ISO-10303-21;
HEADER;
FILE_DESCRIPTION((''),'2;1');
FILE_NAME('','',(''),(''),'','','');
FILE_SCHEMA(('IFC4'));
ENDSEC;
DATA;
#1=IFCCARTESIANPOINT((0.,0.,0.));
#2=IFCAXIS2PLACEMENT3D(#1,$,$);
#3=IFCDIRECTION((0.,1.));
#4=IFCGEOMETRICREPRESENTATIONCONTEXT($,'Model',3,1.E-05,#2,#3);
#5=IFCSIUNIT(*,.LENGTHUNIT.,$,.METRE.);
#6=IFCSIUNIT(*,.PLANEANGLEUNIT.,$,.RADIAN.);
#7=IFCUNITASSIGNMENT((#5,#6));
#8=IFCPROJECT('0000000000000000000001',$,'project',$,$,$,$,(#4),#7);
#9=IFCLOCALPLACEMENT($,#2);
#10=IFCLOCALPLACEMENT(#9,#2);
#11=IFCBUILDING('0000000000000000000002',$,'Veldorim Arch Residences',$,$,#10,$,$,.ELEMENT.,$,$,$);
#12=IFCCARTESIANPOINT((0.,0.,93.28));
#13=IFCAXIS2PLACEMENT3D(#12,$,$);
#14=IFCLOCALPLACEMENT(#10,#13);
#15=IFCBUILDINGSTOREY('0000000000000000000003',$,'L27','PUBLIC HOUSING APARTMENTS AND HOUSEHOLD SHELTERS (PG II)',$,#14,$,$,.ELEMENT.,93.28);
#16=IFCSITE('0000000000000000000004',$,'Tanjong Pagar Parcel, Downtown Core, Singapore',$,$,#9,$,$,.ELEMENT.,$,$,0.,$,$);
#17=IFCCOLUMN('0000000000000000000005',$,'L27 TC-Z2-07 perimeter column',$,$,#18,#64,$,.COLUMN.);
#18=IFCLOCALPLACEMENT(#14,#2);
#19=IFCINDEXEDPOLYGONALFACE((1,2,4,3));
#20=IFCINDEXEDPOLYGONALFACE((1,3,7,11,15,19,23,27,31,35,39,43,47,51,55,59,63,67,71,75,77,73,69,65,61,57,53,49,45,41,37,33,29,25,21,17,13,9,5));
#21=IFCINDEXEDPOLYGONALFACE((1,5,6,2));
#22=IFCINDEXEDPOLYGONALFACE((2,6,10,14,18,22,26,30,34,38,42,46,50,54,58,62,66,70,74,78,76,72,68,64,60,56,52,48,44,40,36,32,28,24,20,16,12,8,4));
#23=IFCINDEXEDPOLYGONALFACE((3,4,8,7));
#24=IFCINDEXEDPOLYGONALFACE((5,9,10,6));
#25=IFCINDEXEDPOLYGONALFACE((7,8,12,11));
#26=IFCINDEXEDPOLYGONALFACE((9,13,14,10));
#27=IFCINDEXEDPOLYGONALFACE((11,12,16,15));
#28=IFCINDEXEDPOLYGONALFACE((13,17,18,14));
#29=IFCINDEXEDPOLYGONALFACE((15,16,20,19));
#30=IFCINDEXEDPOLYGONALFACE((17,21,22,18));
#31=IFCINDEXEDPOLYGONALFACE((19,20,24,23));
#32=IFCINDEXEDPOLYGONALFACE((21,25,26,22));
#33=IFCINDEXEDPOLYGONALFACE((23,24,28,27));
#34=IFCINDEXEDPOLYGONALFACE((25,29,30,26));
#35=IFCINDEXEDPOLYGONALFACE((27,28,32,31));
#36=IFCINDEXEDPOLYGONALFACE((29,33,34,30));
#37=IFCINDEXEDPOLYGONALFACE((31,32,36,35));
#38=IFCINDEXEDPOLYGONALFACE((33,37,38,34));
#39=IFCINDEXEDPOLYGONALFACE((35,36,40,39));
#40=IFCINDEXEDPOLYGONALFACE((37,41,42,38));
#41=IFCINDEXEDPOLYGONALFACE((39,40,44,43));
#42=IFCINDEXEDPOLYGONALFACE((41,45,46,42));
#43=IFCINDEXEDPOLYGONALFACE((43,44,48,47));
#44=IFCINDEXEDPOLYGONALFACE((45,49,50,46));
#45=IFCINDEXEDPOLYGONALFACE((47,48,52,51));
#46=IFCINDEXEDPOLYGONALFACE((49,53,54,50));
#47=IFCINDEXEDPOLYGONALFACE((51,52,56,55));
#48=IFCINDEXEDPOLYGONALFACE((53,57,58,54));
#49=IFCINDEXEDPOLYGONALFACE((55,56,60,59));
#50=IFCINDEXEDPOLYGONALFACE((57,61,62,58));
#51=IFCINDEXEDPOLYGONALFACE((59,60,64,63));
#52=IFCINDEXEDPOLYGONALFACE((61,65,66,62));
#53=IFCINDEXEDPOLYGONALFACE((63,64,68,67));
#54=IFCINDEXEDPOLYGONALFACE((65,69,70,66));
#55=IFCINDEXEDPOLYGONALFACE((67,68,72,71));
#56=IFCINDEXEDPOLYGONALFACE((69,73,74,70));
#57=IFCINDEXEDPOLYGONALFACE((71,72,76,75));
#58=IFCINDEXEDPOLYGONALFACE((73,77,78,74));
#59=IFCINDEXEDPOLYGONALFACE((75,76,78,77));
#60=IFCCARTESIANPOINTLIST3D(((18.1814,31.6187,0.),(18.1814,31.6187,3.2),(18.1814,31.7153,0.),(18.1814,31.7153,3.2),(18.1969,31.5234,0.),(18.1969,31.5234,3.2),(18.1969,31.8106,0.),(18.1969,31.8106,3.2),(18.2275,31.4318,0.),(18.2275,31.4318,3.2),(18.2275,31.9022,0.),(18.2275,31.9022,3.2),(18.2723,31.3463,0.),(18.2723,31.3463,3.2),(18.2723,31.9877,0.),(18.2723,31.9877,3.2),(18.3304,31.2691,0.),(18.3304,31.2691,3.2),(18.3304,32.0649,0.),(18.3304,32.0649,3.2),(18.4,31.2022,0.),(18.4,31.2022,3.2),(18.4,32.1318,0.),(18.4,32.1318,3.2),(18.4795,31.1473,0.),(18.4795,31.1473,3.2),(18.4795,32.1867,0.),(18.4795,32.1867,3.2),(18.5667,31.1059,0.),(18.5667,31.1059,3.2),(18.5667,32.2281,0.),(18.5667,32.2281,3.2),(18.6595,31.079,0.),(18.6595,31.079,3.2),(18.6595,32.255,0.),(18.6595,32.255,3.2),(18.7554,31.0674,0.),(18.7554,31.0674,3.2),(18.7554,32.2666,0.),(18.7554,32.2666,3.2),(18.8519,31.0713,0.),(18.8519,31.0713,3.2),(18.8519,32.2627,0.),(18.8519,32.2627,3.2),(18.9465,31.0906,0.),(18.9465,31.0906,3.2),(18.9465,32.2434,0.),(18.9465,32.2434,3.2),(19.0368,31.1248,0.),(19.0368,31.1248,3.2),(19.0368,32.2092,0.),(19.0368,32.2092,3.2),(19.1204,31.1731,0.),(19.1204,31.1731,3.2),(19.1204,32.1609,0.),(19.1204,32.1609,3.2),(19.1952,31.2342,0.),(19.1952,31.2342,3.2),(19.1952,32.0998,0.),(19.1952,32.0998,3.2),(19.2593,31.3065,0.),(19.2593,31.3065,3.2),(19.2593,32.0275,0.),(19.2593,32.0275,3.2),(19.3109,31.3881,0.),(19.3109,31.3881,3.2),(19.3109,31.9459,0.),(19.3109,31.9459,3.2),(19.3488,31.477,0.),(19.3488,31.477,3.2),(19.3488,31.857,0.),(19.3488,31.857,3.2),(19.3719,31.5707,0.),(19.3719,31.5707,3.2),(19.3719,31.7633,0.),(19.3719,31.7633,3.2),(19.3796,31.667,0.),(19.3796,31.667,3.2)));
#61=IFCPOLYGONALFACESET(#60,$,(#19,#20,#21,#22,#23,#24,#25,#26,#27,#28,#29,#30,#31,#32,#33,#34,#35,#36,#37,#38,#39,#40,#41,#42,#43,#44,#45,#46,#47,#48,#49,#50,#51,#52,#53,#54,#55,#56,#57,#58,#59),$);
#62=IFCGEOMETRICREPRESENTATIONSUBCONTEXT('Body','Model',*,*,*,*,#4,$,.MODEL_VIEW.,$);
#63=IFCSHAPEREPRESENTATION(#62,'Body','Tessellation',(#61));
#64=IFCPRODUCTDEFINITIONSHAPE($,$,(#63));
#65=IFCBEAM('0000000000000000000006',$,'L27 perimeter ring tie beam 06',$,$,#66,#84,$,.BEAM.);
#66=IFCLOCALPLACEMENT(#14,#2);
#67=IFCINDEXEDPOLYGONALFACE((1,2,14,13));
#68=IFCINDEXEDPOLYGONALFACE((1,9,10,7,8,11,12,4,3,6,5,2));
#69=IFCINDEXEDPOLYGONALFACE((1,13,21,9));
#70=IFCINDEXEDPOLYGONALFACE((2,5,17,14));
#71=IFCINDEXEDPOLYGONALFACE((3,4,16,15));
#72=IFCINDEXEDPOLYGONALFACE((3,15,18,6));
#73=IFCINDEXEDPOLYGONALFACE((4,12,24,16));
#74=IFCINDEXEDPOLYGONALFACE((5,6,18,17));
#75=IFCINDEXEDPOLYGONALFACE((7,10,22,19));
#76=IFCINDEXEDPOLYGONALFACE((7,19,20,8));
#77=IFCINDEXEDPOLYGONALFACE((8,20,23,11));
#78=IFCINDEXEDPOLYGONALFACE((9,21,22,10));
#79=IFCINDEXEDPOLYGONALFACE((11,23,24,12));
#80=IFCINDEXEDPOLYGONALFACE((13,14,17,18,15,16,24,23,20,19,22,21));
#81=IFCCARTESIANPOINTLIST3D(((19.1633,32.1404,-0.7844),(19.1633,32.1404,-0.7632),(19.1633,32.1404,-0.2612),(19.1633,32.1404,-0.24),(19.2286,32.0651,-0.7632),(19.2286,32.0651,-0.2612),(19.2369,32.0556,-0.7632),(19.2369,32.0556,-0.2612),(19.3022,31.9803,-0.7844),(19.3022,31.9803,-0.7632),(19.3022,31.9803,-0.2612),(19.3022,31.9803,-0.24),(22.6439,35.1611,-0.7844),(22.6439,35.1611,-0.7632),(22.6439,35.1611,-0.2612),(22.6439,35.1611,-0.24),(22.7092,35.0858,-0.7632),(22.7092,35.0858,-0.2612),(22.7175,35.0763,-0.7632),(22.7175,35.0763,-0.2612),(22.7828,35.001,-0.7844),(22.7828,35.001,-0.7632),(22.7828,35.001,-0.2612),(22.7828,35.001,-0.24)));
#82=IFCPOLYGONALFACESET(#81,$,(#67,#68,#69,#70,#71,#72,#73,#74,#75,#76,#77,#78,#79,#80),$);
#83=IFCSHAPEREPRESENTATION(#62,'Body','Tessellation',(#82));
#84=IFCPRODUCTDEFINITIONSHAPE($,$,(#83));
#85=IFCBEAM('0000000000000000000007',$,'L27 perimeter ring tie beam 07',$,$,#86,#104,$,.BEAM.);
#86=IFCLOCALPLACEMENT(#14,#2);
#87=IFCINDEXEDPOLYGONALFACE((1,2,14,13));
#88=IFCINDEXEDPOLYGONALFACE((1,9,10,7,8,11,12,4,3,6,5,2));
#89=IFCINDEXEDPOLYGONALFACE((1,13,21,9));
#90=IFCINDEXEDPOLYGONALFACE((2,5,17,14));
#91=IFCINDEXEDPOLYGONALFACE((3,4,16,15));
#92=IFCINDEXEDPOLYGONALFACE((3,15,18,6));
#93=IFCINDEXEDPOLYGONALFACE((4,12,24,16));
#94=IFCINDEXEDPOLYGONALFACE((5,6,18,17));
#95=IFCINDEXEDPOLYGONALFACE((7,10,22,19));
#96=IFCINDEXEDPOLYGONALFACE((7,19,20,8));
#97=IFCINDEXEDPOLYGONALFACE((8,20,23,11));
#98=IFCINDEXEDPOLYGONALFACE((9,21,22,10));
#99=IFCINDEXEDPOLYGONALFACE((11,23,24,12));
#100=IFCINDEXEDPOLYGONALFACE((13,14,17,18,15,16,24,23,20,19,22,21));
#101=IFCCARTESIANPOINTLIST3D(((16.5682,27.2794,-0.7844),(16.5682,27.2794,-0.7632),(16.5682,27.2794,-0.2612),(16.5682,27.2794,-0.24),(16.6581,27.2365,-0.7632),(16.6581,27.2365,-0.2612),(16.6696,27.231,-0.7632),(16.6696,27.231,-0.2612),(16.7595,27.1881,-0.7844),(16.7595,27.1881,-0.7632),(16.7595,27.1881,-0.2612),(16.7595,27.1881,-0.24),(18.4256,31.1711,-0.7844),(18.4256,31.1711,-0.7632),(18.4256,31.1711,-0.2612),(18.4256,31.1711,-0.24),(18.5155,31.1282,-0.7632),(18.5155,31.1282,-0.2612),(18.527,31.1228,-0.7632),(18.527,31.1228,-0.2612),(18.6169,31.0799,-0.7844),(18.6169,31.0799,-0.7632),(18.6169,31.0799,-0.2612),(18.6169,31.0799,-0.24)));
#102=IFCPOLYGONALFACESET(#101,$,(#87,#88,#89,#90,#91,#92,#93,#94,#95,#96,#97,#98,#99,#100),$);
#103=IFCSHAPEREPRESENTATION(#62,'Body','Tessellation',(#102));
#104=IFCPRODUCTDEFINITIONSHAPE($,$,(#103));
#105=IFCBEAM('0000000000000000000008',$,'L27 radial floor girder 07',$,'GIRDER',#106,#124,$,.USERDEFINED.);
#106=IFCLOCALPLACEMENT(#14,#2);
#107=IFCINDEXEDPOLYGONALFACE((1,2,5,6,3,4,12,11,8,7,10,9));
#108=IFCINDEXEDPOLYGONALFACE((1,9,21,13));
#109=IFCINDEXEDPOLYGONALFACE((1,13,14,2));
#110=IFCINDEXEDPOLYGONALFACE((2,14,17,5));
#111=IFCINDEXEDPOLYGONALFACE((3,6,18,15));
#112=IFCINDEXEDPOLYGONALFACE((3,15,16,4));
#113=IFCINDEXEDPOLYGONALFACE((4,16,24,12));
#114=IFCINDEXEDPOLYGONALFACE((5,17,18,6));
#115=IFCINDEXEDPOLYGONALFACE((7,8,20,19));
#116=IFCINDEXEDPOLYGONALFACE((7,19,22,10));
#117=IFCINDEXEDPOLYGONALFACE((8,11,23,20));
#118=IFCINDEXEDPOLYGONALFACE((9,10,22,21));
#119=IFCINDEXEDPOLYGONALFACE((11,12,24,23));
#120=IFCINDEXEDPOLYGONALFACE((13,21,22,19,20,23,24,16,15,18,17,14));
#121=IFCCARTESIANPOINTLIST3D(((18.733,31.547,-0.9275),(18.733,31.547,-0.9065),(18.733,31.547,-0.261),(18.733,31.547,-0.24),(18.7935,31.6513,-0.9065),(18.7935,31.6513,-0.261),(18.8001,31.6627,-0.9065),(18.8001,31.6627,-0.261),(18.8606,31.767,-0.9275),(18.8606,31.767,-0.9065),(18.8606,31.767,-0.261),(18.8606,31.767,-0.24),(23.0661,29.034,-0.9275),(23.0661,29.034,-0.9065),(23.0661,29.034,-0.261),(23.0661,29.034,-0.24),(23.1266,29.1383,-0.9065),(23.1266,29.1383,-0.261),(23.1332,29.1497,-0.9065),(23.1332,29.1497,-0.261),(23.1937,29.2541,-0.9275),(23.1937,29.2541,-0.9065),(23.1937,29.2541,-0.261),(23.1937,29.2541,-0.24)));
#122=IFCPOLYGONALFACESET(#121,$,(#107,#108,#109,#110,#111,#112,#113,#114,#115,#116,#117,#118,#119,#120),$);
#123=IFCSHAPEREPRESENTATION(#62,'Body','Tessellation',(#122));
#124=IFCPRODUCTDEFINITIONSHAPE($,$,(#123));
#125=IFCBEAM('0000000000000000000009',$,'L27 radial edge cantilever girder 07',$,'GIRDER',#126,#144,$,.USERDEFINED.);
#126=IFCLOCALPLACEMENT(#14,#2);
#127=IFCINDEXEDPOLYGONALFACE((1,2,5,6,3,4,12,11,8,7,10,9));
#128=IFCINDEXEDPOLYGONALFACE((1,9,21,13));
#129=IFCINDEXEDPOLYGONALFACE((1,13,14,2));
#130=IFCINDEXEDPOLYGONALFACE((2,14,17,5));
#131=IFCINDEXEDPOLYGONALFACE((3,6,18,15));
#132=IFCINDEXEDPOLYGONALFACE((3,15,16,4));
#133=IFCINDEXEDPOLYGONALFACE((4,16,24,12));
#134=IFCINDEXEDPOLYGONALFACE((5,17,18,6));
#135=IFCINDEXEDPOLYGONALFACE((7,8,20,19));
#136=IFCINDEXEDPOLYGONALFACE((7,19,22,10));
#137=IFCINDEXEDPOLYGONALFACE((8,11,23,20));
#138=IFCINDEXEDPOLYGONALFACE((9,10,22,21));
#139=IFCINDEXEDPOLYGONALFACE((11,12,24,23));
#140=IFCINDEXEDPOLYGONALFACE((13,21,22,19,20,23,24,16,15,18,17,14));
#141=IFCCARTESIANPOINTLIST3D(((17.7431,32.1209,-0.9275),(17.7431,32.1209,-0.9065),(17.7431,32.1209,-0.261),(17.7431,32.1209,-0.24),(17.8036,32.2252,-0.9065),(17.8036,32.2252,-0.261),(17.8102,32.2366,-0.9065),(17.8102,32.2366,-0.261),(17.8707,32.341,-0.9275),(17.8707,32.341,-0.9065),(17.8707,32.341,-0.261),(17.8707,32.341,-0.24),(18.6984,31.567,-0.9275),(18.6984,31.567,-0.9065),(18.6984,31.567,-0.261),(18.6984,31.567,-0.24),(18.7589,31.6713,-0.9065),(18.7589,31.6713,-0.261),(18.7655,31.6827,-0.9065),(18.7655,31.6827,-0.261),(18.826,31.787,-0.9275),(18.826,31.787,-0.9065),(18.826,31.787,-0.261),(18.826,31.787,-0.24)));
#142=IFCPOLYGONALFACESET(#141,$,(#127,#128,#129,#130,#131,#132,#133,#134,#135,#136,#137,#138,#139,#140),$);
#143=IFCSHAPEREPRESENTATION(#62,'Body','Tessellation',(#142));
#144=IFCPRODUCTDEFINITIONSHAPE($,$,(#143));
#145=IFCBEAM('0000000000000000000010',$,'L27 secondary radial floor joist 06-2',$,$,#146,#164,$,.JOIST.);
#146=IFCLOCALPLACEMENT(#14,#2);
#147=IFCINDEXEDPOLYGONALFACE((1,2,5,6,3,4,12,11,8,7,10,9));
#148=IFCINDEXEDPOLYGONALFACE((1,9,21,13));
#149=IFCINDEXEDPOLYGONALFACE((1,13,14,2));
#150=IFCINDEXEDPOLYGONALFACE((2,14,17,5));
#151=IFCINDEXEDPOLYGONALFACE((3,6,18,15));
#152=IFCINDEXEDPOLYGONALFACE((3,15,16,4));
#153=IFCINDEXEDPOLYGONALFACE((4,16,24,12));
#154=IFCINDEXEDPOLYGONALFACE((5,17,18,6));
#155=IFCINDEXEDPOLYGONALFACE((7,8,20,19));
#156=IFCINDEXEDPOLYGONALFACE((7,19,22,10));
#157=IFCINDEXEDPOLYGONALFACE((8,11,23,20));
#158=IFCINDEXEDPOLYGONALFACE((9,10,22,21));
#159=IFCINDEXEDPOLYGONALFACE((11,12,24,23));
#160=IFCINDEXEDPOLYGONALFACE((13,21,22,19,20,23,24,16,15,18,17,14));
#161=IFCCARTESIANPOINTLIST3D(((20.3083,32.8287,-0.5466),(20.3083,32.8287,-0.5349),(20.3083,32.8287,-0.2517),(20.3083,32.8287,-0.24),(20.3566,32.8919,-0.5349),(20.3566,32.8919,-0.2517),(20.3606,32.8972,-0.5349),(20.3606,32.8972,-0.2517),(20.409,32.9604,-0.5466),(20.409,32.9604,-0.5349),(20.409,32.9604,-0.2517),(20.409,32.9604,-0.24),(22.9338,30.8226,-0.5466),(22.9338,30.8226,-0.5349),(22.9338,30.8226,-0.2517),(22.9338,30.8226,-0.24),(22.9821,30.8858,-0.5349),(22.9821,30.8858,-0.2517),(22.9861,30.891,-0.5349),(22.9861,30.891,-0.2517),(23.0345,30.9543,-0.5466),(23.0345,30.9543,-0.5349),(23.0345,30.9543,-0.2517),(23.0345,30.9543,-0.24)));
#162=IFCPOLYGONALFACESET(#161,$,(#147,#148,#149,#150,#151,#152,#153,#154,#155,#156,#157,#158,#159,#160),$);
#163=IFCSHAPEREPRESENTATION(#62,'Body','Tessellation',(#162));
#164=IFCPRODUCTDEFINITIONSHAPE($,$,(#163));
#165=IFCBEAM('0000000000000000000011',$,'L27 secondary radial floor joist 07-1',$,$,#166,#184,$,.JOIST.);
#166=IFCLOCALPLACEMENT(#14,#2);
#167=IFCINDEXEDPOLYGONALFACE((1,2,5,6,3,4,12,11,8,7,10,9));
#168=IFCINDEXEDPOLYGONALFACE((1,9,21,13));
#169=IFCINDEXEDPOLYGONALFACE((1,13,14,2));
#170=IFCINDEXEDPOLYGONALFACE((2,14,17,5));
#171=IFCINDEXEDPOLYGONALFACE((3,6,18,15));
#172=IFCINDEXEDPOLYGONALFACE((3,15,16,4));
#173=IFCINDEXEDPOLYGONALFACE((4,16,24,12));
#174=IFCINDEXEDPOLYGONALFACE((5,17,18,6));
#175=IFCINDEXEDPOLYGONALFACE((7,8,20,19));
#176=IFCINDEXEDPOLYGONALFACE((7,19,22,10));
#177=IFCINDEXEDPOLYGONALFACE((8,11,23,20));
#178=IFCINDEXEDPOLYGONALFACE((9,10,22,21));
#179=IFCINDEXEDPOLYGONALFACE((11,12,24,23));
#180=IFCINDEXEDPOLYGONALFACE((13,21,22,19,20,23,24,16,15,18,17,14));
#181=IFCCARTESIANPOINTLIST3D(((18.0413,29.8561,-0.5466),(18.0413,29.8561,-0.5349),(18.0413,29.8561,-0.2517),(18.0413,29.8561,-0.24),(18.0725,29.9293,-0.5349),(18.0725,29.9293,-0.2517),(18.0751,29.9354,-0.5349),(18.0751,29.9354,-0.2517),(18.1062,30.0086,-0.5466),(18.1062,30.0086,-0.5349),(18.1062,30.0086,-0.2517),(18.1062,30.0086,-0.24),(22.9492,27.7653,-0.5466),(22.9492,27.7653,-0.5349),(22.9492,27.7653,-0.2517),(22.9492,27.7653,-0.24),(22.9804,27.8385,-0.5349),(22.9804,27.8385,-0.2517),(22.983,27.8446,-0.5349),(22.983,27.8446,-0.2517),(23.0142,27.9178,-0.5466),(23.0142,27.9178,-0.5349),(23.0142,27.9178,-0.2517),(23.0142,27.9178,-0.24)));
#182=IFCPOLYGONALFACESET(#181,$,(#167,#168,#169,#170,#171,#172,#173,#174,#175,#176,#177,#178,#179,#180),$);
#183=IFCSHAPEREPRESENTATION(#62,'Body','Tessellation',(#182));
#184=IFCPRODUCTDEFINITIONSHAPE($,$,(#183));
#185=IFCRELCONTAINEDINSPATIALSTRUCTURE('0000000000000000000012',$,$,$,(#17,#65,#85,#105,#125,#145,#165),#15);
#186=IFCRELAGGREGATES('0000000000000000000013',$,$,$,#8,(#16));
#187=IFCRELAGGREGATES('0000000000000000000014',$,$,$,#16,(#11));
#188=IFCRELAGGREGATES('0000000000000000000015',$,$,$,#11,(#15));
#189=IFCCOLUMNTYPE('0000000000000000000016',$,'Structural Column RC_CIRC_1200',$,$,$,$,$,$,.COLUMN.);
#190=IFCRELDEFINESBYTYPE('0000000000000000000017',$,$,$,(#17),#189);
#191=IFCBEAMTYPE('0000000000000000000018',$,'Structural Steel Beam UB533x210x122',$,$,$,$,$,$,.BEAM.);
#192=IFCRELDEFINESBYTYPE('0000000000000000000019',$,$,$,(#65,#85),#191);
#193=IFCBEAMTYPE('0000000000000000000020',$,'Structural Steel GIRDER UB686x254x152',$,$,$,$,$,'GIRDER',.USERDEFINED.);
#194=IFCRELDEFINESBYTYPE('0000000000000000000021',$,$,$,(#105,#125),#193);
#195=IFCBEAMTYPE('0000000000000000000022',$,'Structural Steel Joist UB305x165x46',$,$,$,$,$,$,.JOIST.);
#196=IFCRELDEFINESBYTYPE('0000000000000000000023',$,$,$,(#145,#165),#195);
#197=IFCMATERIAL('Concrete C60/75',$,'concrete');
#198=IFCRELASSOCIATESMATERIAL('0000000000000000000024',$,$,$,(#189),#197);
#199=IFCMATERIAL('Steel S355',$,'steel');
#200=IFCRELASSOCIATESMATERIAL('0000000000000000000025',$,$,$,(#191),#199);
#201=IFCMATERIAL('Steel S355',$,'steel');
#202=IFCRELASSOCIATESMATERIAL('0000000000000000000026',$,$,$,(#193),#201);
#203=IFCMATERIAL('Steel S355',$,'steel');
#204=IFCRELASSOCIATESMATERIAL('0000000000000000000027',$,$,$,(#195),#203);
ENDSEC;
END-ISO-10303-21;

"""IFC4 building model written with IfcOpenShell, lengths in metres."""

from ifc_helpers import new_model, si_unit, direction, frame, origin, origin_2d, place, context, subcontext, project, spatial, circle, i_section, extrude, material, material_profile, profile_set, type_object, element, save


model = new_model("IFC4")

# Units and contexts
model_context = context("Model", 3, precision=1e-05, world=origin(), true_north=direction((0.0, 1.0)))
body_context = subcontext(model_context, "Body", "Model", "MODEL_VIEW")
ifc_project = project(units=[si_unit("LENGTHUNIT", "METRE"), si_unit("PLANEANGLEUNIT", "RADIAN")], contexts=[model_context])

# Site, building, storey
site_placement = place(None, origin())
site = spatial("IfcSite", under=ifc_project, at=site_placement, Name="Tanjong Pagar Parcel, Downtown Core, Singapore", CompositionType="ELEMENT", RefElevation=0.0)
building_placement = place(site_placement, origin())
building = spatial("IfcBuilding", under=site, at=building_placement, Name="Veldorim Arch Residences", CompositionType="ELEMENT")
storey_placement = place(building_placement, frame((0.0, 0.0, 93.28)))
storey = spatial("IfcBuildingStorey", under=building, at=storey_placement, Name="L27", Description="PUBLIC HOUSING APARTMENTS AND HOUSEHOLD SHELTERS (PG II)", CompositionType="ELEMENT", Elevation=93.28)

# Column
ifc_material_1 = material(Name="Concrete C60/75", Category="concrete")
ifc_material_profile_1 = material_profile(ifc_material_1, circle(Radius=0.6001, at=origin_2d()), Name="RC_CIRC_1200")
ifc_profile_set_1 = profile_set([ifc_material_profile_1], Name="Concrete C60/75")
column_type = type_object("IfcColumnType", Name="Structural Column RC_CIRC_1200", PredefinedType="COLUMN", material=ifc_profile_set_1)
column_placement = place(storey_placement, frame((18.7795, 31.667, 0.0), z_axis=(0.0, 0.0, 1.0), x_axis=(1.0, 0.0, 0.0)))
element("IfcColumn", 1, at=column_placement, inside=storey, type_object=column_type, Name="L27 TC-Z2-07 perimeter column", PredefinedType="COLUMN", context=body_context, shape_type="SweptSolid", body=[
    extrude(circle(Radius=0.6001, at=origin_2d()), origin(), (0.0, 0.0, 1.0), 3.2),
])

# Beams
ifc_material_2 = material(Name="Steel S355", Category="steel")
ifc_material_profile_2 = material_profile(ifc_material_2, i_section(OverallWidth=0.2119, OverallDepth=0.5444, WebThickness=0.0127, FlangeThickness=0.0212, at=origin_2d()), Name="UB533x210x122")
ifc_profile_set_2 = profile_set([ifc_material_profile_2], Name="Steel S355")
beam_type_1 = type_object("IfcBeamType", Name="Structural Steel Beam UB533x210x122", PredefinedType="BEAM", material=ifc_profile_set_2)
beam_1_placement = place(storey_placement, frame((22.7134, 35.0811, -0.5122), z_axis=(-0.755245, -0.655443, 0.0), x_axis=(0.655443, -0.755245, 0.0)))
element("IfcBeam", 2, at=beam_1_placement, inside=storey, type_object=beam_type_1, Name="L27 perimeter ring tie beam 06", PredefinedType="BEAM", context=body_context, shape_type="SweptSolid", body=[
    extrude(i_section(OverallWidth=0.2119, OverallDepth=0.5444, WebThickness=0.0127, FlangeThickness=0.0212, at=origin_2d()), origin(), (0.0, 0.0, 1.0), 4.6086),
])
beam_2_placement = place(storey_placement, frame((18.5212, 31.1255, -0.5122), z_axis=(-0.43072, -0.902486, 0.0), x_axis=(0.902486, -0.43072, 0.0)))
element("IfcBeam", 3, at=beam_2_placement, inside=storey, type_object=beam_type_1, Name="L27 perimeter ring tie beam 07", PredefinedType="BEAM", context=body_context, shape_type="SweptSolid", body=[
    extrude(i_section(OverallWidth=0.2119, OverallDepth=0.5444, WebThickness=0.0127, FlangeThickness=0.0212, at=origin_2d()), origin(), (0.0, 0.0, 1.0), 4.3123),
])
ifc_material_3 = material(Name="Steel S355", Category="steel")
ifc_material_profile_3 = material_profile(ifc_material_3, i_section(OverallWidth=0.2544, OverallDepth=0.6875, WebThickness=0.0132, FlangeThickness=0.021, at=origin_2d()), Name="UB686x254x152")
ifc_profile_set_3 = profile_set([ifc_material_profile_3], Name="Steel S355")
beam_type_2 = type_object("IfcBeamType", Name="Structural Steel GIRDER UB686x254x152", ElementType="GIRDER", PredefinedType="USERDEFINED", material=ifc_profile_set_3)
beam_3_placement = place(storey_placement, frame((23.1299, 29.144, -0.5837), z_axis=(-0.865049, 0.501687, 0.0), x_axis=(-0.501687, -0.865049, 0.0)))
element("IfcBeam", 4, at=beam_3_placement, inside=storey, type_object=beam_type_2, Name="L27 radial floor girder 07", ObjectType="GIRDER", PredefinedType="USERDEFINED", context=body_context, shape_type="SweptSolid", body=[
    extrude(i_section(OverallWidth=0.2544, OverallDepth=0.6875, WebThickness=0.0132, FlangeThickness=0.021, at=origin_2d()), origin(), (0.0, 0.0, 1.0), 5.009),
])
beam_4_placement = place(storey_placement, frame((18.7622, 31.677, -0.5837), z_axis=(-0.865083, 0.501629, 0.0), x_axis=(-0.501629, -0.865083, 0.0)))
element("IfcBeam", 5, at=beam_4_placement, inside=storey, type_object=beam_type_2, Name="L27 radial edge cantilever girder 07", ObjectType="GIRDER", PredefinedType="USERDEFINED", context=body_context, shape_type="SweptSolid", body=[
    extrude(i_section(OverallWidth=0.2544, OverallDepth=0.6875, WebThickness=0.0132, FlangeThickness=0.021, at=origin_2d()), origin(), (0.0, 0.0, 1.0), 1.1042),
])
ifc_material_4 = material(Name="Steel S355", Category="steel")
ifc_material_profile_4 = material_profile(ifc_material_4, i_section(OverallWidth=0.1658, OverallDepth=0.3066, WebThickness=0.0066, FlangeThickness=0.0117, at=origin_2d()), Name="UB305x165x46")
ifc_profile_set_4 = profile_set([ifc_material_profile_4], Name="Steel S355")
beam_type_3 = type_object("IfcBeamType", Name="Structural Steel Joist UB305x165x46", PredefinedType="JOIST", material=ifc_profile_set_4)
beam_5_placement = place(storey_placement, frame((22.9841, 30.8884, -0.3933), z_axis=(-0.794595, 0.60714, 0.0), x_axis=(-0.60714, -0.794595, 0.0)))
element("IfcBeam", 6, at=beam_5_placement, inside=storey, type_object=beam_type_3, Name="L27 secondary radial floor joist 06-2", PredefinedType="JOIST", context=body_context, shape_type="SweptSolid", body=[
    extrude(i_section(OverallWidth=0.1658, OverallDepth=0.3066, WebThickness=0.0066, FlangeThickness=0.0117, at=origin_2d()), origin(), (0.0, 0.0, 1.0), 3.3042),
])
beam_6_placement = place(storey_placement, frame((22.9817, 27.8416, -0.3933), z_axis=(-0.919997, 0.391924, 0.0), x_axis=(-0.391924, -0.919997, 0.0)))
element("IfcBeam", 7, at=beam_6_placement, inside=storey, type_object=beam_type_3, Name="L27 secondary radial floor joist 07-1", PredefinedType="JOIST", context=body_context, shape_type="SweptSolid", body=[
    extrude(i_section(OverallWidth=0.1658, OverallDepth=0.3066, WebThickness=0.0066, FlangeThickness=0.0117, at=origin_2d()), origin(), (0.0, 0.0, 1.0), 5.3347),
])

save(model, "model.ifc")
